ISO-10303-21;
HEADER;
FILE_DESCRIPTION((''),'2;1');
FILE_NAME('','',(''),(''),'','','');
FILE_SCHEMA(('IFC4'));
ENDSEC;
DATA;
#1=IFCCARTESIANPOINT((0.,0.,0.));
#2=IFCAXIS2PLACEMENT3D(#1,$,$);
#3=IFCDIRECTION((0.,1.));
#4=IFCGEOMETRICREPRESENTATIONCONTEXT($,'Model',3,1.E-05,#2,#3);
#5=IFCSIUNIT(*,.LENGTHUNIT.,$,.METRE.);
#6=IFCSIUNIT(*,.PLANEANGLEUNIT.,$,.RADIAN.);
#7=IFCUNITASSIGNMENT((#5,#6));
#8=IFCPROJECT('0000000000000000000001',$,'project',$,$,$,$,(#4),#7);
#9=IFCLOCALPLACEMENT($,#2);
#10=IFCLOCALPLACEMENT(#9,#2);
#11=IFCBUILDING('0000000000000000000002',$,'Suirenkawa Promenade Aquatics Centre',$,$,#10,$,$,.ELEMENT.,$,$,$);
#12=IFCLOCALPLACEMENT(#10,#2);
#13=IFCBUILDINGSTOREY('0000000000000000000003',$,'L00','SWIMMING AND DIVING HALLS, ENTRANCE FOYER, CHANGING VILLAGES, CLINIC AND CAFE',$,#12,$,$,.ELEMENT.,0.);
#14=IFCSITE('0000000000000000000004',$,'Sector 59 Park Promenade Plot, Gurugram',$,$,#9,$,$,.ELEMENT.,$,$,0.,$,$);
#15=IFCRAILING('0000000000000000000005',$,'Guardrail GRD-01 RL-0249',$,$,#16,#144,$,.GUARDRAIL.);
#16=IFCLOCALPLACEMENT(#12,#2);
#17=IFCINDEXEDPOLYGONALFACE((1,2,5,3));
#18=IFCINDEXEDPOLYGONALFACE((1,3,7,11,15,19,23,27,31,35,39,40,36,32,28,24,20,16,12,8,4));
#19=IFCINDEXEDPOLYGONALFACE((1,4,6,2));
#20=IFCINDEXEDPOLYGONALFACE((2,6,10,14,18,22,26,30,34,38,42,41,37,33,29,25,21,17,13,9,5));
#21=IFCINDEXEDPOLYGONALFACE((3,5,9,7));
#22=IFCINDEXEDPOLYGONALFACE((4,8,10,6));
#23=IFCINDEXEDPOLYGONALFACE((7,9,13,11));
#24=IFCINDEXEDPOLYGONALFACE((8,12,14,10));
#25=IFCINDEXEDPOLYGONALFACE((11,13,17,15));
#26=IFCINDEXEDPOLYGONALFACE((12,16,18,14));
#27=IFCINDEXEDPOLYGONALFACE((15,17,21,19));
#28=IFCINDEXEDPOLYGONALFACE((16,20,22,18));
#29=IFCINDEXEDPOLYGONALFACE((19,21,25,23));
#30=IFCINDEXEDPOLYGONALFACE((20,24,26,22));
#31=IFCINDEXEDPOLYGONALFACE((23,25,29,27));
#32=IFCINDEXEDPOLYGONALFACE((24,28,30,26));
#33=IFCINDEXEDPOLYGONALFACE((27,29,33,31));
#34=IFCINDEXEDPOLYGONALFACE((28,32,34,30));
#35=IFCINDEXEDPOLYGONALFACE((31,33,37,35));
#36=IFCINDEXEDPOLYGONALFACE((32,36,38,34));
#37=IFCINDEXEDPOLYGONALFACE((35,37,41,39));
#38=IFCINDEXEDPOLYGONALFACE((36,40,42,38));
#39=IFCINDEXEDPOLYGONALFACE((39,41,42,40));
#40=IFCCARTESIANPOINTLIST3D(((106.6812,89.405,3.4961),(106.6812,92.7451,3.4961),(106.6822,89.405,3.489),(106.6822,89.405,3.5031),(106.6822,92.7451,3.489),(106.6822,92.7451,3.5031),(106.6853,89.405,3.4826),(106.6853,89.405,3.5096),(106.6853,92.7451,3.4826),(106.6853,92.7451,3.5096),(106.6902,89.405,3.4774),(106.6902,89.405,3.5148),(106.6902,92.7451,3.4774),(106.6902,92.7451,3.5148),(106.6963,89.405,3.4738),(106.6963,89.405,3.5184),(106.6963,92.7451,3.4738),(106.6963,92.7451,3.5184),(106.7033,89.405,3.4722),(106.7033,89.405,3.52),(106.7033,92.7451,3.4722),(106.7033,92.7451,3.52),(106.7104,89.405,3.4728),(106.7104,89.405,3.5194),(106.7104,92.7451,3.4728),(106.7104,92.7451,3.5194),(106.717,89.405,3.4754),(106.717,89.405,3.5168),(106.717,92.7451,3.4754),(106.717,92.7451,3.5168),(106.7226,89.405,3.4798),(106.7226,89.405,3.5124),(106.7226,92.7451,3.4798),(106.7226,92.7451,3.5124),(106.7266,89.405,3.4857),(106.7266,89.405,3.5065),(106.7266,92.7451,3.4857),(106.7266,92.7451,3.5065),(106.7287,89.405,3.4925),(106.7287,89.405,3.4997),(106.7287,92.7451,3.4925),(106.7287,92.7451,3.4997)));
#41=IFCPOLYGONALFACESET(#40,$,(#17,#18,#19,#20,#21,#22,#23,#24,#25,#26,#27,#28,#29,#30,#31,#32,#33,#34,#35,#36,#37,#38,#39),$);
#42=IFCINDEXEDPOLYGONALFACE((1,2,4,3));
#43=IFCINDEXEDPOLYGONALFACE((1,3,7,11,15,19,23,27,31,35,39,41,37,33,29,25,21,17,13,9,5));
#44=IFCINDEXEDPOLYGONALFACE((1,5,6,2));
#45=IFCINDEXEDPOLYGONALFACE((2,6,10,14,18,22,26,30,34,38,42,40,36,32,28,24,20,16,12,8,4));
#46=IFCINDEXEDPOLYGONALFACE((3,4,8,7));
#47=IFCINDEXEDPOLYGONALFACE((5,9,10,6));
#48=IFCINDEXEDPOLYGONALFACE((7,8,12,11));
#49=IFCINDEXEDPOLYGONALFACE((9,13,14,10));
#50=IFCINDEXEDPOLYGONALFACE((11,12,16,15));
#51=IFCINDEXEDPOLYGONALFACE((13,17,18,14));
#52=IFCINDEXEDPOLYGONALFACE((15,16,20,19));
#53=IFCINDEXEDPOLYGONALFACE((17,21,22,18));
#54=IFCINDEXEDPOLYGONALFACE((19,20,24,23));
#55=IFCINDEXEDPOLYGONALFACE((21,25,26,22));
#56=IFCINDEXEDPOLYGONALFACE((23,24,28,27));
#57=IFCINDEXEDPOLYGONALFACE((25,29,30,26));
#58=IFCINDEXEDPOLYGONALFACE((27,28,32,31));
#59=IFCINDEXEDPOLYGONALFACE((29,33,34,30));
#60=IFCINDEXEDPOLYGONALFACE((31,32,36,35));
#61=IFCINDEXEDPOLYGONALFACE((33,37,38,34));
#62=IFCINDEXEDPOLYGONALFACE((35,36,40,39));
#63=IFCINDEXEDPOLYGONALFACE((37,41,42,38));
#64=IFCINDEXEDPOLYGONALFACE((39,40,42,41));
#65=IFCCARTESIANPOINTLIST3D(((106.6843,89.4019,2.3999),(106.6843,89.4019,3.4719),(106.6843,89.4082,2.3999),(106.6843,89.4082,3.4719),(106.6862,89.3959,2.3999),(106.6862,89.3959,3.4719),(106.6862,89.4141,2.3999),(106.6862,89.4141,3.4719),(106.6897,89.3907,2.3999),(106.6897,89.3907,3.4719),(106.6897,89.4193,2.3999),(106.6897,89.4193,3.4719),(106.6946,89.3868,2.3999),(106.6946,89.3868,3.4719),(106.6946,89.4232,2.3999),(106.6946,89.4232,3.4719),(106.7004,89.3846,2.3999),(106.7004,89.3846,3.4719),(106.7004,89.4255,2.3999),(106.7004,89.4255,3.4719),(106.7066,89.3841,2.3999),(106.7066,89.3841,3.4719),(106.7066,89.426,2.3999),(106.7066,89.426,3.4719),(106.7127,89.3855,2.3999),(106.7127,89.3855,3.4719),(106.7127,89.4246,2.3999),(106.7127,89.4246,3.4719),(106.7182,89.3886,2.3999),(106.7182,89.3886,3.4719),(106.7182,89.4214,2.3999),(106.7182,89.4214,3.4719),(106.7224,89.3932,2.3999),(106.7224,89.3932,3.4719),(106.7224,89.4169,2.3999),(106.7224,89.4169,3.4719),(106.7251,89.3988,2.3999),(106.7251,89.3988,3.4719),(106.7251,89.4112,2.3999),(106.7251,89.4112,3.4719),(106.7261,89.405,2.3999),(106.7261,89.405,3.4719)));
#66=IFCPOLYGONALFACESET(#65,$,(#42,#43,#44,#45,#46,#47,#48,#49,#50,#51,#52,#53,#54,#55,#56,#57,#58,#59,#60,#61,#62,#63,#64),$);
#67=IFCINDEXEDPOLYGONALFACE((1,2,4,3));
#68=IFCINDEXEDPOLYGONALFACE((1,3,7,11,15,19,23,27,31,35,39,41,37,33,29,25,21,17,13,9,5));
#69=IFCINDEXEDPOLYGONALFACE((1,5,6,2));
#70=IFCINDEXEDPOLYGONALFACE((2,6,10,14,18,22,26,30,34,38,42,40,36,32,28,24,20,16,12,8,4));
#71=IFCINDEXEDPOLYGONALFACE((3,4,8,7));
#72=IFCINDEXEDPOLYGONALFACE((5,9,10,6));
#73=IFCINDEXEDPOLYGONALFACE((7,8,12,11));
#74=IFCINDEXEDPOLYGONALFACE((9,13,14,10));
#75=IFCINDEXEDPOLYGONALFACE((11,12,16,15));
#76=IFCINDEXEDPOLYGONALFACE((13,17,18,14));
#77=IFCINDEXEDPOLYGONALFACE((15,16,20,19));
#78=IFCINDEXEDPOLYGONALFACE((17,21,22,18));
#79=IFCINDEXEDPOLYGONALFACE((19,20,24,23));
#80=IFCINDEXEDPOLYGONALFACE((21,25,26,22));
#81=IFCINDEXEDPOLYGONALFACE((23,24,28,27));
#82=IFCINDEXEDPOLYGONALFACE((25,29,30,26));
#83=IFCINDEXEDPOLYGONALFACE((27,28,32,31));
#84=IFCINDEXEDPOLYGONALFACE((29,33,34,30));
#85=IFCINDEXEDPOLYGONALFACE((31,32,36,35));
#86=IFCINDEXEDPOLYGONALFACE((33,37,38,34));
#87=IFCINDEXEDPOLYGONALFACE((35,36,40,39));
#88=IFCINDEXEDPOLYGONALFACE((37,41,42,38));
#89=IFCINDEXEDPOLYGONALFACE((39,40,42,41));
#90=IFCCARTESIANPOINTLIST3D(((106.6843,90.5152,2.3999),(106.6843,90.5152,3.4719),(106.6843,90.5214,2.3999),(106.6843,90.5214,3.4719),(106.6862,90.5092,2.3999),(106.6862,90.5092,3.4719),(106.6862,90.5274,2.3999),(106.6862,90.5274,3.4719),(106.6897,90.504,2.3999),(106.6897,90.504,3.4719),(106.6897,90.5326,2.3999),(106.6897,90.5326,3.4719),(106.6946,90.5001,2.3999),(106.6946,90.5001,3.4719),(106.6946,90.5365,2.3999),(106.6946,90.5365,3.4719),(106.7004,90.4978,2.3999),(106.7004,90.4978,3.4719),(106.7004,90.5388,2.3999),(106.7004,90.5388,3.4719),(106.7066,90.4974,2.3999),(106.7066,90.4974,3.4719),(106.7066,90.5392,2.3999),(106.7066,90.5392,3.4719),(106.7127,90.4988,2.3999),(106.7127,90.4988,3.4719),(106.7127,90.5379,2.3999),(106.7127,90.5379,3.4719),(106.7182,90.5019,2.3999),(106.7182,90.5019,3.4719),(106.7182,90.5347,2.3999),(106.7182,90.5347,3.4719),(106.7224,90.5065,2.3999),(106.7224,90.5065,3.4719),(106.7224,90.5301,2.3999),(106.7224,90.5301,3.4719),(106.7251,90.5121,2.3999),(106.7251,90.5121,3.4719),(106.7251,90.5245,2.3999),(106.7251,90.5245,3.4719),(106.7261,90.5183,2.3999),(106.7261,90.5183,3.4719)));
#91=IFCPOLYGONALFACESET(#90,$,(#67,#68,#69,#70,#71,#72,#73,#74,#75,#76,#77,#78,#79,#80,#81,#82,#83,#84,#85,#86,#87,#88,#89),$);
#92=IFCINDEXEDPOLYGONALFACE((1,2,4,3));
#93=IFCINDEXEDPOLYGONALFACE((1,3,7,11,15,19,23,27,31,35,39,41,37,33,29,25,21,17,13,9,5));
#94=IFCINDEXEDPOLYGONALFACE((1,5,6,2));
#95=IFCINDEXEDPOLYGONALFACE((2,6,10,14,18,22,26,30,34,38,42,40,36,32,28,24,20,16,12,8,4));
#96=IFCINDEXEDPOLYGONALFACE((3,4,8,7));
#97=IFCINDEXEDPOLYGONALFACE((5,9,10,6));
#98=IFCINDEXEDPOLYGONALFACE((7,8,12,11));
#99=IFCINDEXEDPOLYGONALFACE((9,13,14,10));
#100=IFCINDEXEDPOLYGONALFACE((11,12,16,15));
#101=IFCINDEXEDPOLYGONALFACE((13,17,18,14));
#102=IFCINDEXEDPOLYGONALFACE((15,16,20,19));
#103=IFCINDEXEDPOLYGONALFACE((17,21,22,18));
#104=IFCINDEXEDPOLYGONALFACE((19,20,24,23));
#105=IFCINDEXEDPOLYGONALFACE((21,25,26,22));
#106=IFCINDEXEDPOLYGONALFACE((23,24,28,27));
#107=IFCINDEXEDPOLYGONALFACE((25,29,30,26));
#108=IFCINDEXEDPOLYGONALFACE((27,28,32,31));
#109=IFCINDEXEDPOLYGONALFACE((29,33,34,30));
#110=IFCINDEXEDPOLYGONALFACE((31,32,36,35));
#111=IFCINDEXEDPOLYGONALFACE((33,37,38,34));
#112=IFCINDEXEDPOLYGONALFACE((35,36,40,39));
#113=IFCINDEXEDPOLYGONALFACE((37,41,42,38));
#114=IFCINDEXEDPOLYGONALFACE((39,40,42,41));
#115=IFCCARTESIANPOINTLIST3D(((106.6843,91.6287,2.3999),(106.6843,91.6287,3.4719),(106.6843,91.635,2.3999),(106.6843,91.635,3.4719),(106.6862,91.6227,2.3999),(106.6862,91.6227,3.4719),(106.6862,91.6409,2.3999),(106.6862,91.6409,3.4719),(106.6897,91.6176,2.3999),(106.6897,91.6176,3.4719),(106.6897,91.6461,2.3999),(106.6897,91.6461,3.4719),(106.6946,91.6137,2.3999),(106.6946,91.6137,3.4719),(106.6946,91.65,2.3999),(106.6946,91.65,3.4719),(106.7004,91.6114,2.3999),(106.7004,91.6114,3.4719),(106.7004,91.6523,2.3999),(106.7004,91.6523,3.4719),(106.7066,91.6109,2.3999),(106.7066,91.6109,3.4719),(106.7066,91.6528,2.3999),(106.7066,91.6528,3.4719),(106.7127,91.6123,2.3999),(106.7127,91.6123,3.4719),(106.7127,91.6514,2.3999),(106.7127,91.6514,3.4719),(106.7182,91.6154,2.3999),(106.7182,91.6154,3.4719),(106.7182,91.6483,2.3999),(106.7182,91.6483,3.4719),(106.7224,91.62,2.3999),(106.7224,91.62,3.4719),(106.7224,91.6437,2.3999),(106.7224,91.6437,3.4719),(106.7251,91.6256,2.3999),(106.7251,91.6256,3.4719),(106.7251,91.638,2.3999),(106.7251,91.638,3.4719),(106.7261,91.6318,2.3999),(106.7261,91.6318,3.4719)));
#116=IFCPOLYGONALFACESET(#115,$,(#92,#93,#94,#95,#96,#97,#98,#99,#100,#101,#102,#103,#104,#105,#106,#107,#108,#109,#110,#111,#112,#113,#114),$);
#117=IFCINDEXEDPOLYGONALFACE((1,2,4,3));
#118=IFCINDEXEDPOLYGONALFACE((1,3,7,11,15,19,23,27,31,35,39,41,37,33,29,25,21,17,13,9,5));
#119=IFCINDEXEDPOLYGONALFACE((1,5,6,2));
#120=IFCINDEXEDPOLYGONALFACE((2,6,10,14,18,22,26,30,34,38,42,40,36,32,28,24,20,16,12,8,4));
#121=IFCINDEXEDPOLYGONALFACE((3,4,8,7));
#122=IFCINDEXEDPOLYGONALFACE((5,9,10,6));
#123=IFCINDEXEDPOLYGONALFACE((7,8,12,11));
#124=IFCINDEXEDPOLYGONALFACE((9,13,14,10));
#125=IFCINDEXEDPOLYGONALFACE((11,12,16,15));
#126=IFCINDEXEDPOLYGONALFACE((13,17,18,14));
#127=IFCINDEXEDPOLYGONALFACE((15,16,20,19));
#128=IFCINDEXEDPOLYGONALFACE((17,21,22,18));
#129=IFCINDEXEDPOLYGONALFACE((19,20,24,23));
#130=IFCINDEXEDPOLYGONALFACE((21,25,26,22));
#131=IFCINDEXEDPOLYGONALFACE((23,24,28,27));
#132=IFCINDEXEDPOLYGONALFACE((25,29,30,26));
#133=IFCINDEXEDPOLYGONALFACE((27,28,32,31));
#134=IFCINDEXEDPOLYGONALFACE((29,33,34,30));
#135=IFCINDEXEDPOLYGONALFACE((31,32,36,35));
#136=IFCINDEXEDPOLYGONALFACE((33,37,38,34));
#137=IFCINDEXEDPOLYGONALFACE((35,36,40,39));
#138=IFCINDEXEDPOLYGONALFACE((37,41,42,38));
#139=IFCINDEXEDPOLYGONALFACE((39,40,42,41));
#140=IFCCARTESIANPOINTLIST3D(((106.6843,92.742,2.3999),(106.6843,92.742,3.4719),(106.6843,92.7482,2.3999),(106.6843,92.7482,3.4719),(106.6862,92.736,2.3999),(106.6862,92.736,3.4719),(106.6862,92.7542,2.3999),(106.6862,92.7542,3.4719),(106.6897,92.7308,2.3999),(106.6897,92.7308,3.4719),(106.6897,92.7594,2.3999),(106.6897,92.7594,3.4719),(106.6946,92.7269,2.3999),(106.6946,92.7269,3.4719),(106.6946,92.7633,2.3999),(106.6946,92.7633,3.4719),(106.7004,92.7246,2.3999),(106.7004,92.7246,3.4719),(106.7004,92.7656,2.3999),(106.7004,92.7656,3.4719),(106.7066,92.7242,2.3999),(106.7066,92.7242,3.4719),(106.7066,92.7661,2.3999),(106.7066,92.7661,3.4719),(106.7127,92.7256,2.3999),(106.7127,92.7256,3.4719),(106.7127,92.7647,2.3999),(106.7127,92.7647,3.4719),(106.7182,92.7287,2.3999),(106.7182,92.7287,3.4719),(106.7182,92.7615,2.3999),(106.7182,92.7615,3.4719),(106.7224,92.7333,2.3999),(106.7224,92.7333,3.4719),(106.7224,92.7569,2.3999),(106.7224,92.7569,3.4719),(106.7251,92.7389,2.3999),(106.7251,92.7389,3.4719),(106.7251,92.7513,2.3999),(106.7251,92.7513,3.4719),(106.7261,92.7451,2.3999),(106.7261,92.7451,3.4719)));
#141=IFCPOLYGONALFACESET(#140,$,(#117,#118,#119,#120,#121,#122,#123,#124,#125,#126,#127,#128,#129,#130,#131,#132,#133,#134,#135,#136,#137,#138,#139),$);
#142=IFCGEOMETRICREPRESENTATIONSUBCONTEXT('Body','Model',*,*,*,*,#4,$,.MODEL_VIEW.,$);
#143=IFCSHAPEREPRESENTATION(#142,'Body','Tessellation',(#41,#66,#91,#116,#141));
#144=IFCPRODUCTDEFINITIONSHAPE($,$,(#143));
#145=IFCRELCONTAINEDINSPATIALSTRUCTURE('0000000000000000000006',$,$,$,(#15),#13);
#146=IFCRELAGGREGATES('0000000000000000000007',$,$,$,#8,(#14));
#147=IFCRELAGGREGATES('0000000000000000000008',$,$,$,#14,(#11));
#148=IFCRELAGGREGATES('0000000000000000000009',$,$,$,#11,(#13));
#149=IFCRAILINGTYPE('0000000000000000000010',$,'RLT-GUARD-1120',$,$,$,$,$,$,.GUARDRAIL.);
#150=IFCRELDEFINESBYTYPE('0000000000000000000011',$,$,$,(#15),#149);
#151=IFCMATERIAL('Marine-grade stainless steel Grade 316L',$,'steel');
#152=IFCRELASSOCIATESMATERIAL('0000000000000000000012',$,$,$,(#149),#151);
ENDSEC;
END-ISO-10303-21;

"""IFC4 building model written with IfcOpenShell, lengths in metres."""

from ifc_helpers import new_model, si_unit, direction, frame, origin, origin_2d, place, context, subcontext, project, spatial, circle, extrude, material, type_object, element, save


model = new_model("IFC4")

# Units and contexts
model_context = context("Model", 3, precision=1e-05, world=origin(), true_north=direction((0.0, 1.0)))
body_context = subcontext(model_context, "Body", "Model", "MODEL_VIEW")
ifc_project = project(units=[si_unit("LENGTHUNIT", "METRE"), si_unit("PLANEANGLEUNIT", "RADIAN")], contexts=[model_context])

# Site, building, storey
site_placement = place(None, origin())
site = spatial("IfcSite", under=ifc_project, at=site_placement, Name="Sector 59 Park Promenade Plot, Gurugram", CompositionType="ELEMENT", RefElevation=0.0)
building_placement = place(site_placement, origin())
building = spatial("IfcBuilding", under=site, at=building_placement, Name="Suirenkawa Promenade Aquatics Centre", CompositionType="ELEMENT")
storey_placement = place(building_placement, origin())
storey = spatial("IfcBuildingStorey", under=building, at=storey_placement, Name="L00", Description="SWIMMING AND DIVING HALLS, ENTRANCE FOYER, CHANGING VILLAGES, CLINIC AND CAFE", CompositionType="ELEMENT", Elevation=0.0)

# Railing
ifc_material_1 = material(Name="Marine-grade stainless steel Grade 316L", Category="steel")
railing_type = type_object("IfcRailingType", Name="RLT-GUARD-1120", PredefinedType="GUARDRAIL", material=ifc_material_1)
for number, where, name in (
    (1, (106.7051, 89.405, 2.3999), "Guardrail GRD-01 RL-0249"),
):
    element("IfcRailing", number, at=place(storey_placement, frame(where)), inside=storey, type_object=railing_type, Name=name, PredefinedType="GUARDRAIL", context=body_context, shape_type="SweptSolid", body=[
        extrude(circle(Radius=0.0239, at=origin_2d()), frame((0.0, 0.0, 1.0962), z_axis=(0.0, 1.0, 0.0), x_axis=(-1.0, 0.0, 0.0)), (0.0, 0.0, 1.0), 3.3401),
        extrude(circle(Radius=0.021, at=origin_2d()), origin(), (0.0, 0.0, 1.0), 1.072),
        extrude(circle(Radius=0.021, at=origin_2d()), frame((0.0, 1.1133, 0.0)), (0.0, 0.0, 1.0), 1.072),
        extrude(circle(Radius=0.021, at=origin_2d()), frame((0.0, 2.2268, 0.0)), (0.0, 0.0, 1.0), 1.072),
        extrude(circle(Radius=0.021, at=origin_2d()), frame((0.0, 3.3401, 0.0)), (0.0, 0.0, 1.0), 1.072),
    ])

save(model, "model.ifc")
